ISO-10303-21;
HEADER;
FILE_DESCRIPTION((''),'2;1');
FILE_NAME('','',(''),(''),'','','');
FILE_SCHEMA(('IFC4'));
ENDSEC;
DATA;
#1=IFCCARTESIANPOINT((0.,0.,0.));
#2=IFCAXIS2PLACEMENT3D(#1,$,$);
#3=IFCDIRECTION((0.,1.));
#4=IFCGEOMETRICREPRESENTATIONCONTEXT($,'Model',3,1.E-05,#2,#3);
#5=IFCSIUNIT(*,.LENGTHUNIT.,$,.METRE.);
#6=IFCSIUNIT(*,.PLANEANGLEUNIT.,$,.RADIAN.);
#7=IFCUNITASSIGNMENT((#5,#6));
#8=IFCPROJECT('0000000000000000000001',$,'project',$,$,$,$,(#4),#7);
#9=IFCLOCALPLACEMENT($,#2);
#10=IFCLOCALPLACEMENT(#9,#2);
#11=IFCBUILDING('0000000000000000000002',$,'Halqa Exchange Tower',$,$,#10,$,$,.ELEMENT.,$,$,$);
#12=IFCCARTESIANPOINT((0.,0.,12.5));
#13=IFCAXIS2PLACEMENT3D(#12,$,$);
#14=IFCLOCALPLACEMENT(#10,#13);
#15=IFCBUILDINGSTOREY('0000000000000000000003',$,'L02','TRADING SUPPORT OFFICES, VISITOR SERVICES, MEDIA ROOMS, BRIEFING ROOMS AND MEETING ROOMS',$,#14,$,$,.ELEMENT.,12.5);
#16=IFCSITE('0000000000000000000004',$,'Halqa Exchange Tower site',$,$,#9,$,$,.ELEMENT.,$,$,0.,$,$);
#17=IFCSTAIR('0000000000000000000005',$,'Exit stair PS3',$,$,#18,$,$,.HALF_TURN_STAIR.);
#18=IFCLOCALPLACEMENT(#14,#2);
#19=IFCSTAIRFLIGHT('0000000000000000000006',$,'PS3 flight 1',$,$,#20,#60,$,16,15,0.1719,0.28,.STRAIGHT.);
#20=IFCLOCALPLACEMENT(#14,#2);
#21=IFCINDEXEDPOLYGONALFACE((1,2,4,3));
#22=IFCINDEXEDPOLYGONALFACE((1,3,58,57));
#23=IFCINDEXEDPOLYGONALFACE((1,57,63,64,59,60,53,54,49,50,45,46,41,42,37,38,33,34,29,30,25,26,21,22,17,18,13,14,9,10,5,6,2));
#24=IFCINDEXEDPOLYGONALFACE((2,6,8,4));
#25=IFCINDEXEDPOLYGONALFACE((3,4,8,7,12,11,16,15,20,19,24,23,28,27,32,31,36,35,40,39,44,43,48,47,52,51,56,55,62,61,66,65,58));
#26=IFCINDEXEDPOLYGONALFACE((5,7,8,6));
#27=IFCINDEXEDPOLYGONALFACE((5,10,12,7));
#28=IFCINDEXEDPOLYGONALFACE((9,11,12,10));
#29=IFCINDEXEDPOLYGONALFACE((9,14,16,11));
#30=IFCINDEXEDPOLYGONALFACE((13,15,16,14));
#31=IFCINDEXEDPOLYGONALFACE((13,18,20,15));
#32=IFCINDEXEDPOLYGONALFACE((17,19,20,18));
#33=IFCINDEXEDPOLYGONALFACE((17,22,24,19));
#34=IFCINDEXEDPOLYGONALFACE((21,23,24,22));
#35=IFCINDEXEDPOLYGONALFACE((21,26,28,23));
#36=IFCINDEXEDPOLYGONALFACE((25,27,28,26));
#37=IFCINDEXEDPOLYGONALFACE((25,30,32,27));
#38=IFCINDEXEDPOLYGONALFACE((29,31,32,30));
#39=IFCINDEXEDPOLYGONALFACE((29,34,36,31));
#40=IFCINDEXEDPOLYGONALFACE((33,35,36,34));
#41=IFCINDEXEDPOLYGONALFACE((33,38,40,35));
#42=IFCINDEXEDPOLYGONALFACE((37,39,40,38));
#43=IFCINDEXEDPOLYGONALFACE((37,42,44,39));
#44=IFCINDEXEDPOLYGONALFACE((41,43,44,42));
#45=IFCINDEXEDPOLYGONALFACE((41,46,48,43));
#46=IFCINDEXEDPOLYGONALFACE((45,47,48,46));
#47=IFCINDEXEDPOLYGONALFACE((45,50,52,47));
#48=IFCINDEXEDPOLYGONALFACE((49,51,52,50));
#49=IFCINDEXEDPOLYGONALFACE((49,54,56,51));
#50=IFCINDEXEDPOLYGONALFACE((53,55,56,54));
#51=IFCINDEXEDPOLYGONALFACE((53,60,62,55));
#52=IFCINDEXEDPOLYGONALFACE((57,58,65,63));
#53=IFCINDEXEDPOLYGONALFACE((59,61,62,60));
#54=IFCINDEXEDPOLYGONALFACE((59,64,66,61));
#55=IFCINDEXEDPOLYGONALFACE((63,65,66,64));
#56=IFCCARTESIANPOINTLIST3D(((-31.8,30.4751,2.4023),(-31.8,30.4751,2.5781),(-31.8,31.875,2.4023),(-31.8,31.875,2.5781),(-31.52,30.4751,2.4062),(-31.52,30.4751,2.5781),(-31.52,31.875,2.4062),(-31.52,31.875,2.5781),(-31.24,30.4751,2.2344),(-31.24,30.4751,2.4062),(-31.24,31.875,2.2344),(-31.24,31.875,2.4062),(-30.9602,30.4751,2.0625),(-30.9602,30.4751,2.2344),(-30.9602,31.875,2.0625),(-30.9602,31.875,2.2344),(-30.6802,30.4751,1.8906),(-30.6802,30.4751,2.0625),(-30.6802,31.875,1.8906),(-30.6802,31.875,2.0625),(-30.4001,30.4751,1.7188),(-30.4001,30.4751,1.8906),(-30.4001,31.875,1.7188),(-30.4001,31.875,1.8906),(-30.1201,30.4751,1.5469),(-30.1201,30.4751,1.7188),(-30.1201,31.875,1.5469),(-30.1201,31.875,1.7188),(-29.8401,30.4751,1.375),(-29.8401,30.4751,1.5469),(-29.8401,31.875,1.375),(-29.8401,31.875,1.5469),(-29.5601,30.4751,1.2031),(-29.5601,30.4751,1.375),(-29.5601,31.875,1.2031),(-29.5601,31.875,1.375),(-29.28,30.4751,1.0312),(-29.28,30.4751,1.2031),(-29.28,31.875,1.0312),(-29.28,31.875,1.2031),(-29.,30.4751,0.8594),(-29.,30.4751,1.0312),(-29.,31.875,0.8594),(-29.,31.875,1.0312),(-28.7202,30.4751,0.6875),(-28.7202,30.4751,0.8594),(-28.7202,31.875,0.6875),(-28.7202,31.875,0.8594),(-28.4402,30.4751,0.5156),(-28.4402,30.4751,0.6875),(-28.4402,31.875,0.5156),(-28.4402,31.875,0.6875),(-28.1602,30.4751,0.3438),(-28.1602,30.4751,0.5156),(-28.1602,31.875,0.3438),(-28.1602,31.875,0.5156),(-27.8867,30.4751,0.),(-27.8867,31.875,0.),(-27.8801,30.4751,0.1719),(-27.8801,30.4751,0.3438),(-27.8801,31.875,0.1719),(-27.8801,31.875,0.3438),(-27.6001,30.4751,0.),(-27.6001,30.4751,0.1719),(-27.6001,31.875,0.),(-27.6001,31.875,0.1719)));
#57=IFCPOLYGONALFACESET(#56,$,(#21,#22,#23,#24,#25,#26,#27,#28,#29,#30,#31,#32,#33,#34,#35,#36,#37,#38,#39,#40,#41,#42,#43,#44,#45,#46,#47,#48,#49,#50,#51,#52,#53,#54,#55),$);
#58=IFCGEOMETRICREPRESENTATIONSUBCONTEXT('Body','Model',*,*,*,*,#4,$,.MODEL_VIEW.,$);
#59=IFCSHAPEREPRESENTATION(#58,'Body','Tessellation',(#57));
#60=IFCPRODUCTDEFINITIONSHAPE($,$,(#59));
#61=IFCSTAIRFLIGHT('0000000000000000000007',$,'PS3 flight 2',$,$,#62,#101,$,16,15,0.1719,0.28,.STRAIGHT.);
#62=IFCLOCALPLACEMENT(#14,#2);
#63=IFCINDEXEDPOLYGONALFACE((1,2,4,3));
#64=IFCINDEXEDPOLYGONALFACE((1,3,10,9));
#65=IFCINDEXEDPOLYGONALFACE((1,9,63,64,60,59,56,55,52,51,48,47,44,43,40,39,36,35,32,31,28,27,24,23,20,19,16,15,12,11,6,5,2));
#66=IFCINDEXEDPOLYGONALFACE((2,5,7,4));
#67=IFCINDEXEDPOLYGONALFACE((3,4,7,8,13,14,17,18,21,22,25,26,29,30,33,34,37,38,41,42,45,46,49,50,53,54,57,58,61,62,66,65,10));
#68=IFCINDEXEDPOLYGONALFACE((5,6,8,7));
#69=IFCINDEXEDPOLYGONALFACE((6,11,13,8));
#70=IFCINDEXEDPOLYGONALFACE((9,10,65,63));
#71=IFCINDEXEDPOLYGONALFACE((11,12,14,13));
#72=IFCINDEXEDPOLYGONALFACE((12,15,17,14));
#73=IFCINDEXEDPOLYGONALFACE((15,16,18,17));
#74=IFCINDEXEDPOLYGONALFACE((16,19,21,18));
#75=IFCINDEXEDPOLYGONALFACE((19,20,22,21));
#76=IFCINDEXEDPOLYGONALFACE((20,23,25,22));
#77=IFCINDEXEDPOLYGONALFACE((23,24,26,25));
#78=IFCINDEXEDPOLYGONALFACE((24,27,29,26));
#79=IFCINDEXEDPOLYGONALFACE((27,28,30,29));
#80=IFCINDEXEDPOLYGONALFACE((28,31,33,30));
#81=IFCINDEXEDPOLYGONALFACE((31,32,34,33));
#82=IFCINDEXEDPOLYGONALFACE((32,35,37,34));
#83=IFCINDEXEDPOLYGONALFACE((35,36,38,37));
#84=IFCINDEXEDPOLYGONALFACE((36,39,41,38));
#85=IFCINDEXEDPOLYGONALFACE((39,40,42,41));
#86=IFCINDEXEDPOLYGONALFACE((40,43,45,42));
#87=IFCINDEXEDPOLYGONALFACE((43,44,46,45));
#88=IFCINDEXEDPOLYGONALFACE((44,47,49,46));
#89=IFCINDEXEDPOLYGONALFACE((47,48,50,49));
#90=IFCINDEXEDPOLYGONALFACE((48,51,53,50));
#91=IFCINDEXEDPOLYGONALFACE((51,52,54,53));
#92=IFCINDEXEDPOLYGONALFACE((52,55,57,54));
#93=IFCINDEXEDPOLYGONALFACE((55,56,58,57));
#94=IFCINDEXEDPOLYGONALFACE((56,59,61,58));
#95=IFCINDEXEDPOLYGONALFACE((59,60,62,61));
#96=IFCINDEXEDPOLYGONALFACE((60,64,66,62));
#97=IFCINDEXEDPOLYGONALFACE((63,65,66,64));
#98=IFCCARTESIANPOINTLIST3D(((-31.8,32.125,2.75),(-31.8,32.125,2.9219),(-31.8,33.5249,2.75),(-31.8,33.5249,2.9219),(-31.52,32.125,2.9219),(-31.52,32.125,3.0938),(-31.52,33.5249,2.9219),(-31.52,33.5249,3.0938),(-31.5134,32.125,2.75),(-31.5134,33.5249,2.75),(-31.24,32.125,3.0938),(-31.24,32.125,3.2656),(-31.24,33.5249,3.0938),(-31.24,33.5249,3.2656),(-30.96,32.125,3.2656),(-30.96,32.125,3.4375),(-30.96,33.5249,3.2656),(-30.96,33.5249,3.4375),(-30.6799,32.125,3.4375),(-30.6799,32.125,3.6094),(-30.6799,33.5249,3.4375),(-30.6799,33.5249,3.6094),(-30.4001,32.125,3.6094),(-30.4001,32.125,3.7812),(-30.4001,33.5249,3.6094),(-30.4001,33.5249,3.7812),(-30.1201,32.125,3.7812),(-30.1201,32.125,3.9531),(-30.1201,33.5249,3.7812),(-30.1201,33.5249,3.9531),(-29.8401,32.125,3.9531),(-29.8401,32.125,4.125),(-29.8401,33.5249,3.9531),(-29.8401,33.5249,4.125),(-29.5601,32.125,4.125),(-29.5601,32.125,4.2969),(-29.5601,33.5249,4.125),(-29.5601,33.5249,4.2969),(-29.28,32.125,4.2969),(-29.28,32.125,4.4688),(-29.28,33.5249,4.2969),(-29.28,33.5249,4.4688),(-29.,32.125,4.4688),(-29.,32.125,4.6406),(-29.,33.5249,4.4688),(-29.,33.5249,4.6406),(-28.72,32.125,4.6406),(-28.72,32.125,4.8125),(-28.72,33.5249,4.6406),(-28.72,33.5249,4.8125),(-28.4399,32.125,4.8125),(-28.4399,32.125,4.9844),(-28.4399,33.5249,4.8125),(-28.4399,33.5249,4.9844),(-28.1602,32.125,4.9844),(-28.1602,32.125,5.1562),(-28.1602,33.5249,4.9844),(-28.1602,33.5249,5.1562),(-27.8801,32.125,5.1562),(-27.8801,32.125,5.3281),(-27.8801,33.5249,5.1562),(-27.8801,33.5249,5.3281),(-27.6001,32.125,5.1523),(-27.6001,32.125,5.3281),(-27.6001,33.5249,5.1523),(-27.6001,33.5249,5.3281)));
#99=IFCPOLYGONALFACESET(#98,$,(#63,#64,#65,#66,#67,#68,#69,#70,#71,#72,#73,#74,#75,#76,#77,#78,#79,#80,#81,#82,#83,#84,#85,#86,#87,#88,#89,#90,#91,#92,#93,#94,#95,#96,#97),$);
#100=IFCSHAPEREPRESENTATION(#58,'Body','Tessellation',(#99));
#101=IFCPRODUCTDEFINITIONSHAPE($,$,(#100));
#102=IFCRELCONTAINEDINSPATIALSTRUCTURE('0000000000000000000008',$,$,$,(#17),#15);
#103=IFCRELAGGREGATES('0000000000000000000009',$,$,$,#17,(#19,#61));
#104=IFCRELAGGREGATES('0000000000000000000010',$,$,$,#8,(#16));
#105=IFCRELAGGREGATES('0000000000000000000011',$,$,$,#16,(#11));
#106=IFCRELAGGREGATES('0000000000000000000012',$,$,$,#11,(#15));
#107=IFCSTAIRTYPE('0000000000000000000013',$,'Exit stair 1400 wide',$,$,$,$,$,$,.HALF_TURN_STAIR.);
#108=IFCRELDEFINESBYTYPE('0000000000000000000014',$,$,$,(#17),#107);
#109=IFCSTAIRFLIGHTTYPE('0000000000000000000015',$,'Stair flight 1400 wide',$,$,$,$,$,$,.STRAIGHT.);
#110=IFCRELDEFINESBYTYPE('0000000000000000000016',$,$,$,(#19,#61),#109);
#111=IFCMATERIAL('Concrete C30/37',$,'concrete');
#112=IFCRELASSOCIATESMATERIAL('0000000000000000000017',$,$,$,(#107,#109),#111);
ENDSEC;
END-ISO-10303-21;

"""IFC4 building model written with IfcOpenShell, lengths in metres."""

from ifc_helpers import new_model, si_unit, direction, frame, origin, place, context, subcontext, project, spatial, polyline, outline, extrude, material, type_object, element, aggregate, save


model = new_model("IFC4")

# Units and contexts
model_context = context("Model", 3, precision=1e-05, world=origin(), true_north=direction((0.0, 1.0)))
body_context = subcontext(model_context, "Body", "Model", "MODEL_VIEW")
ifc_project = project(units=[si_unit("LENGTHUNIT", "METRE"), si_unit("PLANEANGLEUNIT", "RADIAN")], contexts=[model_context])

# Site, building, storey
site_placement = place(None, origin())
site = spatial("IfcSite", under=ifc_project, at=site_placement, Name="Halqa Exchange Tower site", CompositionType="ELEMENT", RefElevation=0.0)
building_placement = place(site_placement, origin())
building = spatial("IfcBuilding", under=site, at=building_placement, Name="Halqa Exchange Tower", CompositionType="ELEMENT")
storey_placement = place(building_placement, frame((0.0, 0.0, 12.5)))
storey = spatial("IfcBuildingStorey", under=building, at=storey_placement, Name="L02", Description="TRADING SUPPORT OFFICES, VISITOR SERVICES, MEDIA ROOMS, BRIEFING ROOMS AND MEETING ROOMS", CompositionType="ELEMENT", Elevation=12.5)

# Shared definitions
ifc_material_1 = material(Name="Concrete C30/37", Category="concrete")

# Stair, stair flights
stair_type = type_object("IfcStairType", Name="Exit stair 1400 wide", PredefinedType="HALF_TURN_STAIR", material=ifc_material_1)
stair_placement = place(storey_placement, origin())
stair = element("IfcStair", 1, at=stair_placement, inside=storey, type_object=stair_type, Name="Exit stair PS3", PredefinedType="HALF_TURN_STAIR")
stair_flight_type = type_object("IfcStairFlightType", Name="Stair flight 1400 wide", PredefinedType="STRAIGHT", material=ifc_material_1)
stair_flight_1_placement = place(storey_placement, frame((-27.6001, 31.175, 0.0), z_axis=(0.0, 0.0, 1.0), x_axis=(-1.0, 0.0, 0.0)))
stair_flight_1 = element("IfcStairFlight", 2, at=stair_flight_1_placement, type_object=stair_flight_type, Name="PS3 flight 1", NumberOfRisers=16, NumberOfTreads=15, PredefinedType="STRAIGHT", RiserHeight=0.1719, TreadLength=0.28, context=body_context, shape_type="SweptSolid", body=[
    extrude(outline(polyline([(0.0, 0.0), (0.0, 0.1719), (0.28, 0.1719), (0.28, 0.3438), (0.5601, 0.3438), (0.5601, 0.5156), (0.8401, 0.5156), (0.8401, 0.6875), (1.1201, 0.6875), (1.1201, 0.8594), (1.3999, 0.8594), (1.3999, 1.0312), (1.6799, 1.0312), (1.6799, 1.2031), (1.96, 1.2031), (1.96, 1.375), (2.24, 1.375), (2.24, 1.5469), (2.52, 1.5469), (2.52, 1.7188), (2.8, 1.7188), (2.8, 1.8906), (3.0801, 1.8906), (3.0801, 2.0625), (3.3601, 2.0625), (3.3601, 2.2344), (3.6399, 2.2344), (3.6399, 2.4062), (3.9199, 2.4062), (3.9199, 2.5781), (4.2, 2.5781), (4.2, 2.75), (4.2, 2.4023), (0.2866, 0.0), (0.0, 0.0)])), frame((0.0, 0.7, 0.0), z_axis=(0.0, -1.0, 0.0), x_axis=(1.0, 0.0, 0.0)), (0.0, 0.0, 1.0), 1.3999),
])
stair_flight_2_placement = place(storey_placement, frame((-31.8, 32.825, 2.75), z_axis=(0.0, 0.0, 1.0), x_axis=(1.0, 0.0, 0.0)))
stair_flight_2 = element("IfcStairFlight", 3, at=stair_flight_2_placement, type_object=stair_flight_type, Name="PS3 flight 2", NumberOfRisers=16, NumberOfTreads=15, PredefinedType="STRAIGHT", RiserHeight=0.1719, TreadLength=0.28, context=body_context, shape_type="SweptSolid", body=[
    extrude(outline(polyline([(0.0, 0.0), (0.0, 0.1719), (0.28, 0.1719), (0.28, 0.3438), (0.5601, 0.3438), (0.5601, 0.5156), (0.8401, 0.5156), (0.8401, 0.6875), (1.1201, 0.6875), (1.1201, 0.8594), (1.3999, 0.8594), (1.3999, 1.0312), (1.6799, 1.0312), (1.6799, 1.2031), (1.96, 1.2031), (1.96, 1.375), (2.24, 1.375), (2.24, 1.5469), (2.52, 1.5469), (2.52, 1.7188), (2.8, 1.7188), (2.8, 1.8906), (3.0801, 1.8906), (3.0801, 2.0625), (3.3601, 2.0625), (3.3601, 2.2344), (3.6399, 2.2344), (3.6399, 2.4062), (3.9199, 2.4062), (3.9199, 2.5781), (4.2, 2.5781), (4.2, 2.75), (4.2, 2.4023), (0.2866, 0.0), (0.0, 0.0)])), frame((0.0, 0.7, 0.0), z_axis=(0.0, -1.0, 0.0), x_axis=(1.0, 0.0, 0.0)), (0.0, 0.0, 1.0), 1.3999),
])
aggregate(stair, [stair_flight_1, stair_flight_2])

save(model, "model.ifc")
